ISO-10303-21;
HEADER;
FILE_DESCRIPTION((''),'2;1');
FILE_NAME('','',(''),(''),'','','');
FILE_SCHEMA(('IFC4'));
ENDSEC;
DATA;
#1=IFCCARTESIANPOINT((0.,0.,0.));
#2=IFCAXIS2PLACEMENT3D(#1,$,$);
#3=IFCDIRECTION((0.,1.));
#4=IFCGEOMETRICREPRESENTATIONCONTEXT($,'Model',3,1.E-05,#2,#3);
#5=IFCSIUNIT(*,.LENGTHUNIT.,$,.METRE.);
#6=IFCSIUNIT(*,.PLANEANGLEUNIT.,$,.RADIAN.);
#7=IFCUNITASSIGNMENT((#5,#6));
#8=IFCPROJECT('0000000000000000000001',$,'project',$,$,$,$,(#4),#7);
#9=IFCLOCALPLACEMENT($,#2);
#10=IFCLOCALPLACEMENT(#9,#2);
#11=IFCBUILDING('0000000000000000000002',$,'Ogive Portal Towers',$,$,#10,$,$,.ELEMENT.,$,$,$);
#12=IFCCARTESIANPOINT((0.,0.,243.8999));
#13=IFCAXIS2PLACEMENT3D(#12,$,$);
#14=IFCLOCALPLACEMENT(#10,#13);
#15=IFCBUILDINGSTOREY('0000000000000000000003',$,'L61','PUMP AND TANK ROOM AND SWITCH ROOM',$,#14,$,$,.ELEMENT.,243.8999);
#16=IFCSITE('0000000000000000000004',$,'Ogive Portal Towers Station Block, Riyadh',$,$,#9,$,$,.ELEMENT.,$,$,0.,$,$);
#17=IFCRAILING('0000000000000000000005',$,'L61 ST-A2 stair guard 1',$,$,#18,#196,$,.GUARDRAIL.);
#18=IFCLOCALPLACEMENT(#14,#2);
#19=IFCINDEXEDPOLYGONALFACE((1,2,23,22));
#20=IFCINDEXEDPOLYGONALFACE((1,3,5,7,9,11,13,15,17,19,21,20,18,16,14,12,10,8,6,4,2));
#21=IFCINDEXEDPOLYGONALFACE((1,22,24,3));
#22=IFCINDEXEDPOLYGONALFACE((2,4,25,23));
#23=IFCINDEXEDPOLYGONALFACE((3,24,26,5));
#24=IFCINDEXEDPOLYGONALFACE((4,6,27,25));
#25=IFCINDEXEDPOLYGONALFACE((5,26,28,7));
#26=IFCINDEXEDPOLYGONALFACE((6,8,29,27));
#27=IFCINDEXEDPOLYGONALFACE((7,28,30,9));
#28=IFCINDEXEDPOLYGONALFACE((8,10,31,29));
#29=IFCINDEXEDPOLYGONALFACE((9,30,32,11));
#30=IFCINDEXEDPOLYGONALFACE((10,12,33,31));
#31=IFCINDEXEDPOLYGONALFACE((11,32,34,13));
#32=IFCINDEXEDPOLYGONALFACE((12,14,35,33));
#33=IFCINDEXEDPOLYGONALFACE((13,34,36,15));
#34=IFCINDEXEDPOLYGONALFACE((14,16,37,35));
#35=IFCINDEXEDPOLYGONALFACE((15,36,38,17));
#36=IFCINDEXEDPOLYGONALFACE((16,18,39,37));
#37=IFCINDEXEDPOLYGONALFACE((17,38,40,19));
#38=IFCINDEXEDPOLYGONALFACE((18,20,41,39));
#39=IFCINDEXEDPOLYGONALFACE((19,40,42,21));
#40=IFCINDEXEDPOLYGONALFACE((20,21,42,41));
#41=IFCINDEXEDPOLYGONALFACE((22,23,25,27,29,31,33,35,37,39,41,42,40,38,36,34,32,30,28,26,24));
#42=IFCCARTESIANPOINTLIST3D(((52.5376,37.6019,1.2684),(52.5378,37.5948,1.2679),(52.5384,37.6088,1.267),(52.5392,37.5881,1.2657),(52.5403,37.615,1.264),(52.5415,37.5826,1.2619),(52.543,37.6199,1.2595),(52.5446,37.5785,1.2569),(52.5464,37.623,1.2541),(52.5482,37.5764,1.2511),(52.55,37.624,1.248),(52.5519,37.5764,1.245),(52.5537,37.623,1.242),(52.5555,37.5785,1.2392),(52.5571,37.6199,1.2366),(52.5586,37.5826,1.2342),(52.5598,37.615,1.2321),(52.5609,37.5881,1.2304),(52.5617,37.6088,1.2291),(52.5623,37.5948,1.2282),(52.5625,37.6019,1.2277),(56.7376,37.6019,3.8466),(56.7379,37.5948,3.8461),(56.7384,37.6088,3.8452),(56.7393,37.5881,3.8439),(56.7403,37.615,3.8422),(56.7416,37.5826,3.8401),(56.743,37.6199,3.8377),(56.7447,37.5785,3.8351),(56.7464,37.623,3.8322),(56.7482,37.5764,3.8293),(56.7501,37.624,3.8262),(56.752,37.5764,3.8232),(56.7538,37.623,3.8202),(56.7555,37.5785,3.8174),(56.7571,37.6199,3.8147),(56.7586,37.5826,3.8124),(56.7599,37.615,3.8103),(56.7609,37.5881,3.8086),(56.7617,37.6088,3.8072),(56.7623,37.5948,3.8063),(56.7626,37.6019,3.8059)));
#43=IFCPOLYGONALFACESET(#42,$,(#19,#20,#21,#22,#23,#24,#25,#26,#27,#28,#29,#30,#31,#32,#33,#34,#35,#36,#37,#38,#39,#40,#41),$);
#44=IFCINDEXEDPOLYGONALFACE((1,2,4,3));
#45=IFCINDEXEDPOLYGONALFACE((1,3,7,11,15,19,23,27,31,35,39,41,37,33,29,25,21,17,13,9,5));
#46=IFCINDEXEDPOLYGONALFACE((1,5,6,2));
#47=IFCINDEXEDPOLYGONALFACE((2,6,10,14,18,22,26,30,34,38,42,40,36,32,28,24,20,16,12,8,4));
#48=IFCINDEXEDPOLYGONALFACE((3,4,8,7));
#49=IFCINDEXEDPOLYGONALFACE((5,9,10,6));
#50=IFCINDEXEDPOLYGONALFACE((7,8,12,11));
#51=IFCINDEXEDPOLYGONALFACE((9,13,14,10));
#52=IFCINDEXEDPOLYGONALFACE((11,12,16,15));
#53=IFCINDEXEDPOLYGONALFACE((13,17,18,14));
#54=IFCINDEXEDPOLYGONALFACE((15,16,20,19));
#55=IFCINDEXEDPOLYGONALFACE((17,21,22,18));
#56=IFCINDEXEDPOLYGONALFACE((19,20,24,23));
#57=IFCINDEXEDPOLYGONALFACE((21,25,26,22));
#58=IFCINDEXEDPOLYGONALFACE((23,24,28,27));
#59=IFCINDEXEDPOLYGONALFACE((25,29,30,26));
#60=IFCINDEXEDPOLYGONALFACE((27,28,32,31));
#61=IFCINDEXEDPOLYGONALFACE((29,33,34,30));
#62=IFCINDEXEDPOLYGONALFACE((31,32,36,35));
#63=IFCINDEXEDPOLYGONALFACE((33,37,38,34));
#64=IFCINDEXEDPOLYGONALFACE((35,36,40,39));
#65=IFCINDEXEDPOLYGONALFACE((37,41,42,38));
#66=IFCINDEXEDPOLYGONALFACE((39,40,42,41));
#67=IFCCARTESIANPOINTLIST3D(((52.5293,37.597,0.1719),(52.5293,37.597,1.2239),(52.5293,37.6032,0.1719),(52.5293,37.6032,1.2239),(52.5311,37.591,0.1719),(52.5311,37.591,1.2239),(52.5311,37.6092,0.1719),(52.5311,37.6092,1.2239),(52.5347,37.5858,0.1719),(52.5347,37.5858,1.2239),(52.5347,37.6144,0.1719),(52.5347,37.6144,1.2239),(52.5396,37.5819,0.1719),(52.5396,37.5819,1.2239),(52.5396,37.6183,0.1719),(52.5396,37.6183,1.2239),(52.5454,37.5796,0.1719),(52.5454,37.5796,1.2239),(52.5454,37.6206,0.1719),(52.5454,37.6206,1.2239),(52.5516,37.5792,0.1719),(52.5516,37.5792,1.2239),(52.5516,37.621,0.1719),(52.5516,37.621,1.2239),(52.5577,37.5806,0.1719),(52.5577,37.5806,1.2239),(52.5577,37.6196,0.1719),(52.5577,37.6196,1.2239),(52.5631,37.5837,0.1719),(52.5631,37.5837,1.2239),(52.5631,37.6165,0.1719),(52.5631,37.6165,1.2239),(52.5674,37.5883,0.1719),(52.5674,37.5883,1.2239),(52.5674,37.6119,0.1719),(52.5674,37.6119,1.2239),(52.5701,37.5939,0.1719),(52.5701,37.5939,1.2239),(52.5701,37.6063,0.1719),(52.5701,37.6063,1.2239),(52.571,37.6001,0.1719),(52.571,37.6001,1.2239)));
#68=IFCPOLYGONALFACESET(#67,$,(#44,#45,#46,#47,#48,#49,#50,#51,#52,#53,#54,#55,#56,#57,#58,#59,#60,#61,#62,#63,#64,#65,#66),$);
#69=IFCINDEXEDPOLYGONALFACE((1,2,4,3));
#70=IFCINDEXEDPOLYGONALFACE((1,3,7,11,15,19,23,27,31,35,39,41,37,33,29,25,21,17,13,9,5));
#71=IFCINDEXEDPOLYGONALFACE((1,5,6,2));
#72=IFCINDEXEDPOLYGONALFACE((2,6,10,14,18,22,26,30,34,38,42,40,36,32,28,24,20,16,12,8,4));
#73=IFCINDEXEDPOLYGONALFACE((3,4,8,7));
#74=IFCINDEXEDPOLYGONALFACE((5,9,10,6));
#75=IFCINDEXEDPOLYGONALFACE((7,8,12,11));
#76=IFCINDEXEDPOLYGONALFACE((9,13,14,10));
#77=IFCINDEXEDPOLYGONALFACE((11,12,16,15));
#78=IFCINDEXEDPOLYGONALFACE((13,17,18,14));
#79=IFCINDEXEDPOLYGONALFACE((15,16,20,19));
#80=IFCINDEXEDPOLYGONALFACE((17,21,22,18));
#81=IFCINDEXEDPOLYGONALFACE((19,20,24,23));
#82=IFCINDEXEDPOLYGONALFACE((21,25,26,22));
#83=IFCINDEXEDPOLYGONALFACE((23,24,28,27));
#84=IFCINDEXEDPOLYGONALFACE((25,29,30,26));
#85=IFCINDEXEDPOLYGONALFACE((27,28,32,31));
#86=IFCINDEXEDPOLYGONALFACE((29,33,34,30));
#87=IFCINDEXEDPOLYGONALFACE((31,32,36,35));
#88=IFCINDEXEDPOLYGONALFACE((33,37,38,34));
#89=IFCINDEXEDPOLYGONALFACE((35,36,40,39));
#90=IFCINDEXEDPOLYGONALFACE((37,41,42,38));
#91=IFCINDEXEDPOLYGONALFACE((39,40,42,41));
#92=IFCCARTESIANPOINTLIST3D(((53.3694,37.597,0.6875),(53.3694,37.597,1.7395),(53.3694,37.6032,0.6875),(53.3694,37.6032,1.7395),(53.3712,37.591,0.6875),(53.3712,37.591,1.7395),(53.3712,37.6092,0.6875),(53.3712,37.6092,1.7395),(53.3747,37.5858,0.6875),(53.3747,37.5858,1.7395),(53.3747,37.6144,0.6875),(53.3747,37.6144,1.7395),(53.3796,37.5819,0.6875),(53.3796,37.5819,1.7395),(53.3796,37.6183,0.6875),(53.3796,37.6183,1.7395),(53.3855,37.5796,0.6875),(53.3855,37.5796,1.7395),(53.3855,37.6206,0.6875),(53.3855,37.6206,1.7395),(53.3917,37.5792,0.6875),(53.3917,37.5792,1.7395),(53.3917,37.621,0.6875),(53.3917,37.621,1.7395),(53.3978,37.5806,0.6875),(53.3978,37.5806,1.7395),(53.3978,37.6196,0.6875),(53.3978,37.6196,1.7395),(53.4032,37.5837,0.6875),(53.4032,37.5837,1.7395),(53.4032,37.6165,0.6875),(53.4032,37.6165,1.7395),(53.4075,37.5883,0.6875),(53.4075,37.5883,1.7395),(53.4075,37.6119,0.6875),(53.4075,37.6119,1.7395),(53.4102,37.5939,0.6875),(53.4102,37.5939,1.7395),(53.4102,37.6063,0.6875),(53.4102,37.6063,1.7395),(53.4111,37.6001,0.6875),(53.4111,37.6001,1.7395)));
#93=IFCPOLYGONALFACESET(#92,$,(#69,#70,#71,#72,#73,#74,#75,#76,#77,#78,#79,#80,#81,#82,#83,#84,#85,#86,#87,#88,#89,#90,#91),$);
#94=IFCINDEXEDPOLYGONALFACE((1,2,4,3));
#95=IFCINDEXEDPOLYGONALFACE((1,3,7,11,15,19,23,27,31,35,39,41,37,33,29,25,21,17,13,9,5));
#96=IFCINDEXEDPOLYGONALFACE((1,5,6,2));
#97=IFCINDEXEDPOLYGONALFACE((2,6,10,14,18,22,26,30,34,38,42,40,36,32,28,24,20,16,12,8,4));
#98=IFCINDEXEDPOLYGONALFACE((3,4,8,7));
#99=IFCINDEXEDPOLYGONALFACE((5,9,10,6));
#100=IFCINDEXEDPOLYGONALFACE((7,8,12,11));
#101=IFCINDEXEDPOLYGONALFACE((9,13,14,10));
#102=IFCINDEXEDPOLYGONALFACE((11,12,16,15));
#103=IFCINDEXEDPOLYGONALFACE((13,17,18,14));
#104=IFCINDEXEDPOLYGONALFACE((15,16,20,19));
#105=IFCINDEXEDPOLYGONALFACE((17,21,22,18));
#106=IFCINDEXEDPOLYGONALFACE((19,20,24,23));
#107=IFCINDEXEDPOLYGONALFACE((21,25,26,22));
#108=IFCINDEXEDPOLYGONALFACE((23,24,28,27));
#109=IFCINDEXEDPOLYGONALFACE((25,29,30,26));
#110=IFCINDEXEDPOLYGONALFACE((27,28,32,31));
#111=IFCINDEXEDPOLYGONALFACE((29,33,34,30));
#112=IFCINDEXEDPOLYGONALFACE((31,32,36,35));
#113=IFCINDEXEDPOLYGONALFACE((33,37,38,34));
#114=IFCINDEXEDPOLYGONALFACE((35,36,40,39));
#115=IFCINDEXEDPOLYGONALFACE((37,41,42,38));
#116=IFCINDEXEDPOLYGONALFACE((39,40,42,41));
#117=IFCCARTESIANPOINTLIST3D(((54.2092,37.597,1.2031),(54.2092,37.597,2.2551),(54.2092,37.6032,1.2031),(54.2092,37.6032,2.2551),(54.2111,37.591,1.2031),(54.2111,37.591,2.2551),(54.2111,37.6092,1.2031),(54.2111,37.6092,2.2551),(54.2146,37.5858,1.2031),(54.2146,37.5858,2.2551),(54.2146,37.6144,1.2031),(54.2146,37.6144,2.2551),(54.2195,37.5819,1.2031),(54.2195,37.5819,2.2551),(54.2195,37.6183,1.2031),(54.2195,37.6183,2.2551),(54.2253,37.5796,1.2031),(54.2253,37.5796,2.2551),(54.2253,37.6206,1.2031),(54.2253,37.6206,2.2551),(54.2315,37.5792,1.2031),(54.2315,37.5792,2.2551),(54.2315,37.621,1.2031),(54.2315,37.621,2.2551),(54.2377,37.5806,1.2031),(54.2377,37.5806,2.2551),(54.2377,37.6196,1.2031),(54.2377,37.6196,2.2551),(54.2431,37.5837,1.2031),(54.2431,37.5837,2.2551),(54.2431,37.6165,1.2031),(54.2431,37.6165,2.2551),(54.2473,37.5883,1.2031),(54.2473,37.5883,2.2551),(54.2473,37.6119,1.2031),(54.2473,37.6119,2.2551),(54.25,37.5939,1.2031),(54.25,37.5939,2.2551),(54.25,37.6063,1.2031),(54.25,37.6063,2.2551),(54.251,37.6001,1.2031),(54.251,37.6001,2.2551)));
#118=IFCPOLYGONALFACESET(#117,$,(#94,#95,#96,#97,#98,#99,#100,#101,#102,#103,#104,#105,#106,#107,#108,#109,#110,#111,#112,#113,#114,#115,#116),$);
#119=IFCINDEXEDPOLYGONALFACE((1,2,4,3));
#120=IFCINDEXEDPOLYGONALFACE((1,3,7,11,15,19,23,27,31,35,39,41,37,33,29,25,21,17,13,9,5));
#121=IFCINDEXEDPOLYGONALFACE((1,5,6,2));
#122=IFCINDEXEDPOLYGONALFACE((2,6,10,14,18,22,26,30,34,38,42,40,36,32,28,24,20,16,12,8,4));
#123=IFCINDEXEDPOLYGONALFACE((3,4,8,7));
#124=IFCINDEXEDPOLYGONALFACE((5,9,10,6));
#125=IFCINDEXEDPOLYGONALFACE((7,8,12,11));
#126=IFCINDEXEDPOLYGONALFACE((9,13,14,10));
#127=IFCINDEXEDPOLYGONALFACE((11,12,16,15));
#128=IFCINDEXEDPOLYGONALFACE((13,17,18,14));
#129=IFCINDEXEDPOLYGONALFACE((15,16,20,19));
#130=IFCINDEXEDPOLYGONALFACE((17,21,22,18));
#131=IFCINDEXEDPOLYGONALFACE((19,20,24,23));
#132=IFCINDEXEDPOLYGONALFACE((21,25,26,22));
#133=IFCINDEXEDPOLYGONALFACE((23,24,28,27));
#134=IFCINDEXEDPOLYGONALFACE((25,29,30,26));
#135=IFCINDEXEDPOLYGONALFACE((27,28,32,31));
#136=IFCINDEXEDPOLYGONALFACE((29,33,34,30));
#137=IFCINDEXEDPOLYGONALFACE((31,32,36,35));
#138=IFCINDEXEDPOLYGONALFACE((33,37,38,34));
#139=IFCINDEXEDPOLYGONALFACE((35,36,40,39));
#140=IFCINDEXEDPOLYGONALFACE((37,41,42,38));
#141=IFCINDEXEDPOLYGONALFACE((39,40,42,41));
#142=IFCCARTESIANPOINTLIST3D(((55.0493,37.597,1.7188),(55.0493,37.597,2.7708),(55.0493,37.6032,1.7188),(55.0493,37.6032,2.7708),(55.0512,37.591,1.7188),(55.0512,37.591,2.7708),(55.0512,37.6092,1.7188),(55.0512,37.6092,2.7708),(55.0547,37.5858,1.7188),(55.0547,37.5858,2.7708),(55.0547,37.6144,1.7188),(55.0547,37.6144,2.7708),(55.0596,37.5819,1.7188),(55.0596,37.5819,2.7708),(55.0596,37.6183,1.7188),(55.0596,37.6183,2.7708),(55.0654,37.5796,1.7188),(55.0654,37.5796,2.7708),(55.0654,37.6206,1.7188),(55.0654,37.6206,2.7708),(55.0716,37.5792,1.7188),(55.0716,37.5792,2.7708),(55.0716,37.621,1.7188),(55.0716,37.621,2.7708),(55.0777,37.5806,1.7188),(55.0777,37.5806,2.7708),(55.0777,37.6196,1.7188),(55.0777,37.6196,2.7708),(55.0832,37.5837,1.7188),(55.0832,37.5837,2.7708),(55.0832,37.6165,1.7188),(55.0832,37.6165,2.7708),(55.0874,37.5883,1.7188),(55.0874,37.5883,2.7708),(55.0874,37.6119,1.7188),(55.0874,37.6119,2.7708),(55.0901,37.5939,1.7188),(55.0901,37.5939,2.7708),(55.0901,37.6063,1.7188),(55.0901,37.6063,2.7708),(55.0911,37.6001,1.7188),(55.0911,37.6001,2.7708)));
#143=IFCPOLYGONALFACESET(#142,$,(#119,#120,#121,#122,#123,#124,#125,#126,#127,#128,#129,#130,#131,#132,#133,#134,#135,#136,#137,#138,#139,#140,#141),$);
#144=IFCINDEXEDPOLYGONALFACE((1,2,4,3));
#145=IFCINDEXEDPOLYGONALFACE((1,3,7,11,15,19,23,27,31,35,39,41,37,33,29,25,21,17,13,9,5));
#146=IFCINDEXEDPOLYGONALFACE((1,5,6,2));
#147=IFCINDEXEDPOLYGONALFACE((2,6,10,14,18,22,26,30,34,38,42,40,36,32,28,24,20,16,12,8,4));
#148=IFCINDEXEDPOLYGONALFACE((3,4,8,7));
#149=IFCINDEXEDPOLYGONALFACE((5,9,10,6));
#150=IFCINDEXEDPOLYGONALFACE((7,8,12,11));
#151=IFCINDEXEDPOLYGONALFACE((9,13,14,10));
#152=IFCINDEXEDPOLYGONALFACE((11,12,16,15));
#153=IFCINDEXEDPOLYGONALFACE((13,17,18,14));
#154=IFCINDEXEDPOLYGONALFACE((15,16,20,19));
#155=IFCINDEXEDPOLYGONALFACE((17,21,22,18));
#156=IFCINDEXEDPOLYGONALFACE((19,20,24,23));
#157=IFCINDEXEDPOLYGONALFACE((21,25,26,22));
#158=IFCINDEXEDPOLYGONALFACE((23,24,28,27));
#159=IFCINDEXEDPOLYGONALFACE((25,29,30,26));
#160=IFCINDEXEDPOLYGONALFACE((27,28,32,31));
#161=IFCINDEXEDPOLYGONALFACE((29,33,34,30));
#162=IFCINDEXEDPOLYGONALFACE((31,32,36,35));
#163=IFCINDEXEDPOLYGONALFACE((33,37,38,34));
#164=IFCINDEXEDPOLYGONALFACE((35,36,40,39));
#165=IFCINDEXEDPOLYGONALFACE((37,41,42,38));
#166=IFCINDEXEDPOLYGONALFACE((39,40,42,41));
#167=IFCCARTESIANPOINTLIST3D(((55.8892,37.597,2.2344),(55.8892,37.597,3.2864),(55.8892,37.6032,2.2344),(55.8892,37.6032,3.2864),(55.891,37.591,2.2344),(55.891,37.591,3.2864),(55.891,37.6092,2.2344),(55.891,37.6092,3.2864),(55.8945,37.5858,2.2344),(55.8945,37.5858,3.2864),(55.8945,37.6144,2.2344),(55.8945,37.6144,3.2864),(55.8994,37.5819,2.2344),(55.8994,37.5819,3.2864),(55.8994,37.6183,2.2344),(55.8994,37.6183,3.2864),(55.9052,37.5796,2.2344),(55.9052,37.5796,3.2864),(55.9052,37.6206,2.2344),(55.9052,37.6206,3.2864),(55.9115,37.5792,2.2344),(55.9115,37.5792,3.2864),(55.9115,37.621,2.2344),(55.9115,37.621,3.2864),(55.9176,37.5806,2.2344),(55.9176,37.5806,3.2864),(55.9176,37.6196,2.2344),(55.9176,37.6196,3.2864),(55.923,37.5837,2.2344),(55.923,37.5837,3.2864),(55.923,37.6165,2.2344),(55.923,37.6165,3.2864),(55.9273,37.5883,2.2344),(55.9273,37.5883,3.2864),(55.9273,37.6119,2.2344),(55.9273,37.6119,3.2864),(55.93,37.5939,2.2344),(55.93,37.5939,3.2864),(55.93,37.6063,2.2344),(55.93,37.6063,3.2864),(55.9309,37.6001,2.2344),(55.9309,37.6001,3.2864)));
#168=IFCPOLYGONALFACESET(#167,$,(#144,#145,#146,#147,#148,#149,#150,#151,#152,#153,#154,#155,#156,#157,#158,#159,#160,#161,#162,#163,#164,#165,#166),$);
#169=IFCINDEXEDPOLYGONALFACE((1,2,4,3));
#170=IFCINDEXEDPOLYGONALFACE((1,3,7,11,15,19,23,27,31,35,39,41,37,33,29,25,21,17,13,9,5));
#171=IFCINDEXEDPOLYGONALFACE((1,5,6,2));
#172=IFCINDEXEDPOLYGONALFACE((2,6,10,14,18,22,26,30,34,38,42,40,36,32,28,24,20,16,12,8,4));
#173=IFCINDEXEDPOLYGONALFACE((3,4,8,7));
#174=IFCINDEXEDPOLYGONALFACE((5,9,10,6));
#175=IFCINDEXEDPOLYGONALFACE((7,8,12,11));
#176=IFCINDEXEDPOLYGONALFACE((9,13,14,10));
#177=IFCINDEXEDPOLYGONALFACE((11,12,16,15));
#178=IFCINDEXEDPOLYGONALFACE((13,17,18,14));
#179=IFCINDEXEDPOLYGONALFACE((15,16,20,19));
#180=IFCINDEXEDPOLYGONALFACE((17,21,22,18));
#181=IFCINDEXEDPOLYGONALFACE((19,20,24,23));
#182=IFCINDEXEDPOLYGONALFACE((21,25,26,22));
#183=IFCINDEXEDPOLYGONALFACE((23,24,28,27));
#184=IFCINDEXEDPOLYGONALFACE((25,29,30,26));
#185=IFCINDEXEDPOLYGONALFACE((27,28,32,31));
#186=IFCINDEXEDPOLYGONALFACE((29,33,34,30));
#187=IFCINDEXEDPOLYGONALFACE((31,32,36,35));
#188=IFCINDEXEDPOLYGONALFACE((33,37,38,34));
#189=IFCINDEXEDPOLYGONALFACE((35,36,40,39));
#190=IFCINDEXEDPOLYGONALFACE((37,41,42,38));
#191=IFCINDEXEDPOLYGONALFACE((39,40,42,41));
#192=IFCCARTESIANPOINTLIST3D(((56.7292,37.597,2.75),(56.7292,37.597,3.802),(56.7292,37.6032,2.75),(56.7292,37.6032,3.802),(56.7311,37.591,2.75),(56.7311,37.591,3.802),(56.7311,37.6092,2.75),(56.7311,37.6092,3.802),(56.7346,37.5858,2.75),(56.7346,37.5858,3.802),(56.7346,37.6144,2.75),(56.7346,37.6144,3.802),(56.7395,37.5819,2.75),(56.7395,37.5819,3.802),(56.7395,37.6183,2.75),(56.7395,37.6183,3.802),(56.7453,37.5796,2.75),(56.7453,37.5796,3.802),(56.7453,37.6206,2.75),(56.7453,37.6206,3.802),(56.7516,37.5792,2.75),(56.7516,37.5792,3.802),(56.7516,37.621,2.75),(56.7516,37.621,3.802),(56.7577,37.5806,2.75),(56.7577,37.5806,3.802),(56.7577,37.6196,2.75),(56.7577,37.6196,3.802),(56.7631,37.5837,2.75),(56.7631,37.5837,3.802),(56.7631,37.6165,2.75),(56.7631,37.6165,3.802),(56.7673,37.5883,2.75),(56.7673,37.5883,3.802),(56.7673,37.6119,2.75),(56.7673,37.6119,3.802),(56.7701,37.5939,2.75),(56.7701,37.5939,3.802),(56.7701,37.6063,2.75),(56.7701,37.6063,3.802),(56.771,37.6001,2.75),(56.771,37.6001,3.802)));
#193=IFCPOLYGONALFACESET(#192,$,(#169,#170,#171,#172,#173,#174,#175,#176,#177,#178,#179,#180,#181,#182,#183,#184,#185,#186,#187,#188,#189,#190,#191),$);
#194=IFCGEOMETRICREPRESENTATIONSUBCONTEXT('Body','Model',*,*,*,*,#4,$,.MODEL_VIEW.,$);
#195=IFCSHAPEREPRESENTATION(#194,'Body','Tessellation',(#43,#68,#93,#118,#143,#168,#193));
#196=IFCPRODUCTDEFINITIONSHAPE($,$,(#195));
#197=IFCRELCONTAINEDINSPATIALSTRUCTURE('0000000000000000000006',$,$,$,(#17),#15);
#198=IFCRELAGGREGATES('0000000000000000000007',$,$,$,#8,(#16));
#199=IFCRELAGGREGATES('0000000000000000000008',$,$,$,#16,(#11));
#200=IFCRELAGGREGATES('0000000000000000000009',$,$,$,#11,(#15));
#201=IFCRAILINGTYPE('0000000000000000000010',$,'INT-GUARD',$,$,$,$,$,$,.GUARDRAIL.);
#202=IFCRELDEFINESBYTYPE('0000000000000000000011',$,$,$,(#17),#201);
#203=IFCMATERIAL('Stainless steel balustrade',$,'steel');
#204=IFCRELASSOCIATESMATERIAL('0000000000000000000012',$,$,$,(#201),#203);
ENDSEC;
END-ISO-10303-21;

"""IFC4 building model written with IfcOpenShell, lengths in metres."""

from ifc_helpers import new_model, si_unit, direction, frame, origin, origin_2d, place, context, subcontext, project, spatial, circle, extrude, material, type_object, element, save


model = new_model("IFC4")

# Units and contexts
model_context = context("Model", 3, precision=1e-05, world=origin(), true_north=direction((0.0, 1.0)))
body_context = subcontext(model_context, "Body", "Model", "MODEL_VIEW")
ifc_project = project(units=[si_unit("LENGTHUNIT", "METRE"), si_unit("PLANEANGLEUNIT", "RADIAN")], contexts=[model_context])

# Site, building, storey
site_placement = place(None, origin())
site = spatial("IfcSite", under=ifc_project, at=site_placement, Name="Ogive Portal Towers Station Block, Riyadh", CompositionType="ELEMENT", RefElevation=0.0)
building_placement = place(site_placement, origin())
building = spatial("IfcBuilding", under=site, at=building_placement, Name="Ogive Portal Towers", CompositionType="ELEMENT")
storey_placement = place(building_placement, frame((0.0, 0.0, 243.8999)))
storey = spatial("IfcBuildingStorey", under=building, at=storey_placement, Name="L61", Description="PUMP AND TANK ROOM AND SWITCH ROOM", CompositionType="ELEMENT", Elevation=243.8999)

# Railing
ifc_material_1 = material(Name="Stainless steel balustrade", Category="steel")
railing_type_1 = type_object("IfcRailingType", Name="INT-GUARD", PredefinedType="GUARDRAIL", material=ifc_material_1)
railing_1_placement = place(storey_placement, frame((52.55, 37.6001, 0.1719)))
element("IfcRailing", 1, at=railing_1_placement, inside=storey, type_object=railing_type_1, Name="L61 ST-A2 stair guard 1", PredefinedType="GUARDRAIL", context=body_context, shape_type="SweptSolid", body=[
    extrude(circle(Radius=0.0239, at=origin_2d()), frame((0.0, 0.0, 1.0762), z_axis=(0.852243, 0.0, 0.523146), x_axis=(0.0, 1.0, 0.0)), (0.0, 0.0, 1.0), 4.9282),
    extrude(circle(Radius=0.021, at=origin_2d()), origin(), (0.0, 0.0, 1.0), 1.052),
    extrude(circle(Radius=0.021, at=origin_2d()), frame((0.8401, 0.0, 0.5156)), (0.0, 0.0, 1.0), 1.052),
    extrude(circle(Radius=0.021, at=origin_2d()), frame((1.6799, 0.0, 1.0312)), (0.0, 0.0, 1.0), 1.052),
    extrude(circle(Radius=0.021, at=origin_2d()), frame((2.52, 0.0, 1.5469)), (0.0, 0.0, 1.0), 1.052),
    extrude(circle(Radius=0.021, at=origin_2d()), frame((3.3599, 0.0, 2.0625)), (0.0, 0.0, 1.0), 1.052),
    extrude(circle(Radius=0.021, at=origin_2d()), frame((4.2, 0.0, 2.5781)), (0.0, 0.0, 1.0), 1.052),
])

save(model, "model.ifc")
